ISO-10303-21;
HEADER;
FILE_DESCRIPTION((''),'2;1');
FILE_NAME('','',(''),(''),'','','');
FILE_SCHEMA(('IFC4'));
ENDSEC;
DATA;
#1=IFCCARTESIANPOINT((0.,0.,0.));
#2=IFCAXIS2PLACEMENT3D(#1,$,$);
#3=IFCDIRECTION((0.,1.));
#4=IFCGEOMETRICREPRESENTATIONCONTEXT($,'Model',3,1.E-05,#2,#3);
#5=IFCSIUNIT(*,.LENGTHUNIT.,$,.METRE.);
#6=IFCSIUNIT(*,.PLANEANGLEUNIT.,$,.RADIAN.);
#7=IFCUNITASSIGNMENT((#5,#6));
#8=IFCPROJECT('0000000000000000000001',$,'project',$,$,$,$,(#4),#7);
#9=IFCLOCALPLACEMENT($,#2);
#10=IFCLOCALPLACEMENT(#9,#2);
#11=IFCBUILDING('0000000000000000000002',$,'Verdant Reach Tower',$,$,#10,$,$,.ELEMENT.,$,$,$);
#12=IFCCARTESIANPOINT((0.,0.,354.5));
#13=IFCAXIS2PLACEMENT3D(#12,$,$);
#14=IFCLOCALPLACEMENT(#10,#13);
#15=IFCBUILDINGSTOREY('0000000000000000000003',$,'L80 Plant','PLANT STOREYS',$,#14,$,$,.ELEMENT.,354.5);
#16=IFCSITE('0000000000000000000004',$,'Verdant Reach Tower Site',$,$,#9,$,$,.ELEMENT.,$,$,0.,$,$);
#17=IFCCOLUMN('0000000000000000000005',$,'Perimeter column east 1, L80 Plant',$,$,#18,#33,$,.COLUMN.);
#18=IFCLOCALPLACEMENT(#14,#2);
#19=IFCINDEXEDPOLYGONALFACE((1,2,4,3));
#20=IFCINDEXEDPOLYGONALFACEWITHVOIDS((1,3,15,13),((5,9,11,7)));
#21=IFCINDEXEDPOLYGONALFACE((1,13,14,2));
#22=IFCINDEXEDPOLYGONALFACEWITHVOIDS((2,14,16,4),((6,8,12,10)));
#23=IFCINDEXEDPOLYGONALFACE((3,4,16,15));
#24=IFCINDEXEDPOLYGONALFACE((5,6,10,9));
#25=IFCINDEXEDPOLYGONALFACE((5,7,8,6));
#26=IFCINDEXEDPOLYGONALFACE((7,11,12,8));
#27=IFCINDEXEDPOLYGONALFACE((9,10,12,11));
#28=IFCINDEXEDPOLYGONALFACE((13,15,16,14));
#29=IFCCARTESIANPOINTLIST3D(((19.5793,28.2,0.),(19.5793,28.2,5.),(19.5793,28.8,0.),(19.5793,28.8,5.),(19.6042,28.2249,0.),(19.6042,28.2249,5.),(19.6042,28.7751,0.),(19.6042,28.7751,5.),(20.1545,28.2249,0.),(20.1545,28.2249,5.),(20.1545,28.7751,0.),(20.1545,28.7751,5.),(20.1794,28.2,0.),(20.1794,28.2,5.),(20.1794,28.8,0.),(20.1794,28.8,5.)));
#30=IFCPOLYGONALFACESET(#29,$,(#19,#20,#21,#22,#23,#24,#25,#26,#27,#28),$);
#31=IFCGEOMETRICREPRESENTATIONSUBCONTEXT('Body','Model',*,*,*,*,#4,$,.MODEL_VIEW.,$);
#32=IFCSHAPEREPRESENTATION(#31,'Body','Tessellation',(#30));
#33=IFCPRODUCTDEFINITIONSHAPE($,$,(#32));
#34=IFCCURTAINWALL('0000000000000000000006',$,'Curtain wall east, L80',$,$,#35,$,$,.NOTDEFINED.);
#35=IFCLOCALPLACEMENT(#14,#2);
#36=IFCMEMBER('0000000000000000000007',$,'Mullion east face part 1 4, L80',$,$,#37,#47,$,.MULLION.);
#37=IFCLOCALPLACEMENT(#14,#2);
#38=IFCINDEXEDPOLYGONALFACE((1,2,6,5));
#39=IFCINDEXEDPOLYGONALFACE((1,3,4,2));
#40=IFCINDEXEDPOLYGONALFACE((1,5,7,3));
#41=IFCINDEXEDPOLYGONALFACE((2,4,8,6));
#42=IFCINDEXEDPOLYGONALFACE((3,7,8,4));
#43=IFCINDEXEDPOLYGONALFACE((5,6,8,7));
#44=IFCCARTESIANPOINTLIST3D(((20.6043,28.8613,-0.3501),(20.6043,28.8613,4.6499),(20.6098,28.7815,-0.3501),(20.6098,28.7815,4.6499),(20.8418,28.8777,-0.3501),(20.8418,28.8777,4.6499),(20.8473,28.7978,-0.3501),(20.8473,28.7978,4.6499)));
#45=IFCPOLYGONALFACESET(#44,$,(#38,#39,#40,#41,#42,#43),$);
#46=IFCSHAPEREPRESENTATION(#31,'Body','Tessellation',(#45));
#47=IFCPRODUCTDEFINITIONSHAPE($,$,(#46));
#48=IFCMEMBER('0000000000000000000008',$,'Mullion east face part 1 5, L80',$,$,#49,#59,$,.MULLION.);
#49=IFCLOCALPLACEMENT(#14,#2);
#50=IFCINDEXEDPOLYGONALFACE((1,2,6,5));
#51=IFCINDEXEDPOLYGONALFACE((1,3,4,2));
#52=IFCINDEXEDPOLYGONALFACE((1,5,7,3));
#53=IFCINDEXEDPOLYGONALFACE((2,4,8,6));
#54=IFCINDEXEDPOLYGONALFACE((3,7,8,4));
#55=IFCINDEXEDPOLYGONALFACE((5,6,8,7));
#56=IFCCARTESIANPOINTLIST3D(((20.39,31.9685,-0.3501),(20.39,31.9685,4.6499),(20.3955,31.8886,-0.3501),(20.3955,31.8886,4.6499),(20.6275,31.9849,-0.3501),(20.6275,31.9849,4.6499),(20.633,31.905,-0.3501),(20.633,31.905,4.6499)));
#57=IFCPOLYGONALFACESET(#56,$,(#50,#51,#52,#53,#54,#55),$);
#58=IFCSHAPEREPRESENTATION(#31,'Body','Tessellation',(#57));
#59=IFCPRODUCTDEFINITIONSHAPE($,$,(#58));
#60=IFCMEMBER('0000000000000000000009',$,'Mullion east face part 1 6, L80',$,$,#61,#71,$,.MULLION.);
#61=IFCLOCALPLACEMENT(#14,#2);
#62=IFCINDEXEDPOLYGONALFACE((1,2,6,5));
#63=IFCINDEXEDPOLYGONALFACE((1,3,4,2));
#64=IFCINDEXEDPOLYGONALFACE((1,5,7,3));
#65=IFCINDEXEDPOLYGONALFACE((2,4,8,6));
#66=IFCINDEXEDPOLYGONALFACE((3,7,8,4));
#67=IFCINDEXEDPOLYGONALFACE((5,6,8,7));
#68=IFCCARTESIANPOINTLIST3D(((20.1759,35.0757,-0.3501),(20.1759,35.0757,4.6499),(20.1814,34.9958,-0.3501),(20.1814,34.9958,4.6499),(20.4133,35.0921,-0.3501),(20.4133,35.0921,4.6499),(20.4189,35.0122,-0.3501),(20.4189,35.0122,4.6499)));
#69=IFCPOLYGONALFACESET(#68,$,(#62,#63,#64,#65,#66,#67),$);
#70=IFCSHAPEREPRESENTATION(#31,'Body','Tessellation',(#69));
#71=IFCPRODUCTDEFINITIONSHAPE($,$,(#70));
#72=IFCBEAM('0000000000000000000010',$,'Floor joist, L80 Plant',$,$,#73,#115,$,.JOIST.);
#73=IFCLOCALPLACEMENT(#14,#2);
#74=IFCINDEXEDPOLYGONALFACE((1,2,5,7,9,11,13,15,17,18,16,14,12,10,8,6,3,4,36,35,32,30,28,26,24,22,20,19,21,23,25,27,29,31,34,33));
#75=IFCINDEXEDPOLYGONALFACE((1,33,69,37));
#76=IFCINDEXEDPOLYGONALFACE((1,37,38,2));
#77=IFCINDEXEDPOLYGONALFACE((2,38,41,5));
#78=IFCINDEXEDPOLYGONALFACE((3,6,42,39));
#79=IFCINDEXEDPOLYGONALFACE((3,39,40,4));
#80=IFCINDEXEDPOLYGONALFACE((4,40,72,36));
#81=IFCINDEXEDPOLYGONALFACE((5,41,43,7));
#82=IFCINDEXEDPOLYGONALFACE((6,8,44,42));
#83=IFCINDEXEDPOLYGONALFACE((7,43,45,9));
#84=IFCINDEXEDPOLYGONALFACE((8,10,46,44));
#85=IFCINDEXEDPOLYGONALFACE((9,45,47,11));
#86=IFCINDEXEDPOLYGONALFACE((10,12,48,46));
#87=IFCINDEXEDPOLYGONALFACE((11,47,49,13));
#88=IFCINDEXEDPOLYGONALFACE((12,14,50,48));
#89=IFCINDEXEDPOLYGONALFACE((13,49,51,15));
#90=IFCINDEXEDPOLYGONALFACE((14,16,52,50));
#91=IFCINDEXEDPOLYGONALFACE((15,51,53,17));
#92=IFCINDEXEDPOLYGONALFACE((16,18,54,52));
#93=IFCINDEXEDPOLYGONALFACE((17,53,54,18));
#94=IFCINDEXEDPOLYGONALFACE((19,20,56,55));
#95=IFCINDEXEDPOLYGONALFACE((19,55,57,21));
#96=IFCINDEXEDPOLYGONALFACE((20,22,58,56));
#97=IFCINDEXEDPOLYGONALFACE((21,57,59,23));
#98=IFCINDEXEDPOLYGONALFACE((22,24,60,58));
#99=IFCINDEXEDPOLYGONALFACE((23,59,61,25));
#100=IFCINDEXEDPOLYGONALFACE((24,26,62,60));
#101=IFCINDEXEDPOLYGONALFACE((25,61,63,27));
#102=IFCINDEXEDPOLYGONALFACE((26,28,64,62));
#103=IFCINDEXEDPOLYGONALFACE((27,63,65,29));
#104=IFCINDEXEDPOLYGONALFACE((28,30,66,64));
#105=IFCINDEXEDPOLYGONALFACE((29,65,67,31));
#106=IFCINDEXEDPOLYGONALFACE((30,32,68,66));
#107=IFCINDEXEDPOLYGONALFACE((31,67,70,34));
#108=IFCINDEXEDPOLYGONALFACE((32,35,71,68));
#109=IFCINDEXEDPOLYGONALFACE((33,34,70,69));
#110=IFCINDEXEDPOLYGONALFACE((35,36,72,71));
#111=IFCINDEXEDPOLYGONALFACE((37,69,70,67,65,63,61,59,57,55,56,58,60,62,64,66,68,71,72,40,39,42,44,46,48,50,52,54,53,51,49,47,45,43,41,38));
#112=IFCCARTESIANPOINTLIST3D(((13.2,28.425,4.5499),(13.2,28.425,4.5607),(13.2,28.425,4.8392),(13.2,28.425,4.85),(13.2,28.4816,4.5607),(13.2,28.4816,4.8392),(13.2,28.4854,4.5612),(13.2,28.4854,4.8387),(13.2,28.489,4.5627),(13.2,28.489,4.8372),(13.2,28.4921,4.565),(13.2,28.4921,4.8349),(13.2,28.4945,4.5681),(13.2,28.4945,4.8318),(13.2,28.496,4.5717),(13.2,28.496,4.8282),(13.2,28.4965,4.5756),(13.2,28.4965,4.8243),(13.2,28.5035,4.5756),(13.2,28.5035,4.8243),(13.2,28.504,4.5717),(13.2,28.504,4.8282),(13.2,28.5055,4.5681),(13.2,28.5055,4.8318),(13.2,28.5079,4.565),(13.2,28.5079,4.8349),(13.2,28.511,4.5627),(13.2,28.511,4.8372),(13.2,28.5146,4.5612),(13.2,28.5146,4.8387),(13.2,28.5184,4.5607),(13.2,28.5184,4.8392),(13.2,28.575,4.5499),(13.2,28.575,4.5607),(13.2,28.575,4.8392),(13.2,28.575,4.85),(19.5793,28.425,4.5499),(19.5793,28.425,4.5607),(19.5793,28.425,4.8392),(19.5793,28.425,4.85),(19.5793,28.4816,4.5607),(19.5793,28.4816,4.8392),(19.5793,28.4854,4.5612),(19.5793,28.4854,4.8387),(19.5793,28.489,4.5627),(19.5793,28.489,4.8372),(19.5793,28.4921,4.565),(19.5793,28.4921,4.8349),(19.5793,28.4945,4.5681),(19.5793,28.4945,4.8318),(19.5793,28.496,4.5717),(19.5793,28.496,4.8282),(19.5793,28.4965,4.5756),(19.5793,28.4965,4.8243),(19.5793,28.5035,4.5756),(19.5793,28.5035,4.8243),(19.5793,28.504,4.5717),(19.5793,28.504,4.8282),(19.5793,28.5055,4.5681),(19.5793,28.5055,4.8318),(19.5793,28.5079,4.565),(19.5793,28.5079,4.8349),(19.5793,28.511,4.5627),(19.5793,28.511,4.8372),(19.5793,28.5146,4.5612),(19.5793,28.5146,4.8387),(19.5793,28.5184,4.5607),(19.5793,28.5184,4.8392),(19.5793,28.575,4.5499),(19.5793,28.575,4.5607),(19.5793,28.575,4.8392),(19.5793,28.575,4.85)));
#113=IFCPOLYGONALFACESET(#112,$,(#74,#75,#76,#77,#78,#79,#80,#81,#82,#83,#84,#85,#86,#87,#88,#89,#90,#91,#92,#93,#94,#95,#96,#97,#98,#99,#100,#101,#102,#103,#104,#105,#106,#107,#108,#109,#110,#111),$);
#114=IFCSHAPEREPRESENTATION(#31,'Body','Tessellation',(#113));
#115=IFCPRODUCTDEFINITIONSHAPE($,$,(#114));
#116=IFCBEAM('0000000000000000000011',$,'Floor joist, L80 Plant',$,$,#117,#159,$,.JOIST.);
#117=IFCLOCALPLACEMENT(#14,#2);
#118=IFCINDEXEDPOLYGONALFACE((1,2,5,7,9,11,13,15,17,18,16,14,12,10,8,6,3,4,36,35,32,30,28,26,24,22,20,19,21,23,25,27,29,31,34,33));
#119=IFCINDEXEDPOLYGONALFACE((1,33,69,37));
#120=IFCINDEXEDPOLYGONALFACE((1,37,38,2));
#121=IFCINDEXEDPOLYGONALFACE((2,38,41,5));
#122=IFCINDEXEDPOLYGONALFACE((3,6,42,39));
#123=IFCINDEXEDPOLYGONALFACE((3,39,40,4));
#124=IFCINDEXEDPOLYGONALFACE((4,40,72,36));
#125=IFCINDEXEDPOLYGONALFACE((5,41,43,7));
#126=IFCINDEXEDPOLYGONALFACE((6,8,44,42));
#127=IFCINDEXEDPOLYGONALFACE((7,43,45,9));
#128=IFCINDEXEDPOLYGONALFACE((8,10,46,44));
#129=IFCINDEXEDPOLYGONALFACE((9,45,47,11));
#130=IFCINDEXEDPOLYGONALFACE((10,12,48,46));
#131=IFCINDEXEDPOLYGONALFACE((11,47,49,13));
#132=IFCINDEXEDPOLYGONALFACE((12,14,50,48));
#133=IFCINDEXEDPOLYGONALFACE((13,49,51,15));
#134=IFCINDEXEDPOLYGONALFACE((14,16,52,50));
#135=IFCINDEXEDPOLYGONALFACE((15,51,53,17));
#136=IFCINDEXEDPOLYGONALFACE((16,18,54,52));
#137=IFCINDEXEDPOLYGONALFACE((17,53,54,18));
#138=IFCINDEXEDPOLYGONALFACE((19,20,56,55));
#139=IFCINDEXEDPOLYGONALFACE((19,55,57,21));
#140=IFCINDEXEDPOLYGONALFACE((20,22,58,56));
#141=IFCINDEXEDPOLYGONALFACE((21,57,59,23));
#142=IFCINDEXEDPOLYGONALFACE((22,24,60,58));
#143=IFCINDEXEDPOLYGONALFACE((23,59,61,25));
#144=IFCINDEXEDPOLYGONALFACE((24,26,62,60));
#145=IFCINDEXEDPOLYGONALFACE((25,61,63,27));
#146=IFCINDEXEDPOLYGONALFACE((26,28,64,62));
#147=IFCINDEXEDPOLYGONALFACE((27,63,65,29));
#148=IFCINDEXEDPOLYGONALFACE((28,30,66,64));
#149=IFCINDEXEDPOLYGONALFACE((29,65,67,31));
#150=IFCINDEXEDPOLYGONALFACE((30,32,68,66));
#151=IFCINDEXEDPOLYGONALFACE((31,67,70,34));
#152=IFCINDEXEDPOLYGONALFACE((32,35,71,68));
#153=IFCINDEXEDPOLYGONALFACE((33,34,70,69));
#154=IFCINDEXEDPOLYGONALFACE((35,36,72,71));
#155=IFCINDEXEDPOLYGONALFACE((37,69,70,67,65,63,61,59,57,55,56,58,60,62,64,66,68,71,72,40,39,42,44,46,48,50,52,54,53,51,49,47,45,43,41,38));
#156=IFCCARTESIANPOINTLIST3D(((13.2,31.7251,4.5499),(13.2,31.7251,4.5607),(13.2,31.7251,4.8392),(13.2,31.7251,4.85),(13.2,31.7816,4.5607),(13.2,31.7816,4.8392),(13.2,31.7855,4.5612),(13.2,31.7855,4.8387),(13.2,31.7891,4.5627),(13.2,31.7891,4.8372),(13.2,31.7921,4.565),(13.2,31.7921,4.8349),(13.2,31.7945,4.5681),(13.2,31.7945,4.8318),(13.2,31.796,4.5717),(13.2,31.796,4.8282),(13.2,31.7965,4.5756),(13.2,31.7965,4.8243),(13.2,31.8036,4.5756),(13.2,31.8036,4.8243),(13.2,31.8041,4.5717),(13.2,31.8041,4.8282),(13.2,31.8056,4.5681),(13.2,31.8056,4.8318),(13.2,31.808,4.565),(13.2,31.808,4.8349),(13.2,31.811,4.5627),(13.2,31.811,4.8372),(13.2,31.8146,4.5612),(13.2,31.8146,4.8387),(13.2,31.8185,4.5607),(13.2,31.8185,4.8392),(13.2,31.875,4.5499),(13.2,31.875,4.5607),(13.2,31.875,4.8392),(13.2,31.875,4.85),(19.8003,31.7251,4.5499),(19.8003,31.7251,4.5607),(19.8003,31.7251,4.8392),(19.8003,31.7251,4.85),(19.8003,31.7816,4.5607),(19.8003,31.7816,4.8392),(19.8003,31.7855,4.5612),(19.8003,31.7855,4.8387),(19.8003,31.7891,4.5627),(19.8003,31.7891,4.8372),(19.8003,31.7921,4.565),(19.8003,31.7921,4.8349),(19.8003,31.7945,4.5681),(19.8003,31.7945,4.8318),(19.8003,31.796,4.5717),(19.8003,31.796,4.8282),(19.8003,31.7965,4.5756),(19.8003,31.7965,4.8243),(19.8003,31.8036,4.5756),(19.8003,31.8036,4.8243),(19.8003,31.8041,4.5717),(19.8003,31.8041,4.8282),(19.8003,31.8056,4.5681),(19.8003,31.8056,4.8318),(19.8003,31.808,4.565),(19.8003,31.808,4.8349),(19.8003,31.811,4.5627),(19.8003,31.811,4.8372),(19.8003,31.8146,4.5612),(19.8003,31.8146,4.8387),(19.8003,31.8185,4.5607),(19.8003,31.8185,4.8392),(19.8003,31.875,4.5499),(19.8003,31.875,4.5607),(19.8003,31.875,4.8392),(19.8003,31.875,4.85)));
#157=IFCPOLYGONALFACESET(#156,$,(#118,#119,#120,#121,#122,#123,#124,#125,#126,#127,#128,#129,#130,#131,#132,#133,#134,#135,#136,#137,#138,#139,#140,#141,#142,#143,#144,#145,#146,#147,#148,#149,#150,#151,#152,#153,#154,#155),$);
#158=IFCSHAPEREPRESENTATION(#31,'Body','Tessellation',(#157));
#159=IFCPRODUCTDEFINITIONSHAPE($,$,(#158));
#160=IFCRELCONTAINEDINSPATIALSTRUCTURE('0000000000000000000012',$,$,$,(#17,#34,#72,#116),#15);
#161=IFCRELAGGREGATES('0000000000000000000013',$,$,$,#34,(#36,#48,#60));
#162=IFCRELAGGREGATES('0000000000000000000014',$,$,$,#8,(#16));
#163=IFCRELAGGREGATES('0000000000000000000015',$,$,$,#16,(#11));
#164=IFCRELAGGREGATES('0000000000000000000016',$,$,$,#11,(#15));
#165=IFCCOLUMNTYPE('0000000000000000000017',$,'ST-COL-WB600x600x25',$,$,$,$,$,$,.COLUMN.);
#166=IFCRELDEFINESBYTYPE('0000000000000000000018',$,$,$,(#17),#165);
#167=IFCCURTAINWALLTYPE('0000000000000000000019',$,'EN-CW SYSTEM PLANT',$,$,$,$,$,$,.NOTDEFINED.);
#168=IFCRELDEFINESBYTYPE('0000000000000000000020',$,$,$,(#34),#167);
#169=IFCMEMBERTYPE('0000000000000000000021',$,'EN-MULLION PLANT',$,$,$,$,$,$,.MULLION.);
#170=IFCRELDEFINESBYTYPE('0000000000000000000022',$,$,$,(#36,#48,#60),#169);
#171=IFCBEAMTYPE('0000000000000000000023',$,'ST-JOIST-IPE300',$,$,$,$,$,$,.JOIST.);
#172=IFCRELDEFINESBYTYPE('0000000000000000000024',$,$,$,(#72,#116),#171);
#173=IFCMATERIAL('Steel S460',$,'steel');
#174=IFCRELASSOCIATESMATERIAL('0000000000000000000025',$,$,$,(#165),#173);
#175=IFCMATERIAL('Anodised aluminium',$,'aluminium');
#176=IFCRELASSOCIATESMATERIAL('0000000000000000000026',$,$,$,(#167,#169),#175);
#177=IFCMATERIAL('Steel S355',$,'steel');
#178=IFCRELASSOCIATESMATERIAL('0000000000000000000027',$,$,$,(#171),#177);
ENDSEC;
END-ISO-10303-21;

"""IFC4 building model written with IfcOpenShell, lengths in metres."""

from ifc_helpers import new_model, si_unit, direction, frame, origin, origin_2d, place, context, subcontext, project, spatial, rectangle, hollow_rectangle, i_section, extrude, material, material_profile, profile_set, type_object, element, aggregate, save


model = new_model("IFC4")

# Units and contexts
model_context = context("Model", 3, precision=1e-05, world=origin(), true_north=direction((0.0, 1.0)))
body_context = subcontext(model_context, "Body", "Model", "MODEL_VIEW")
ifc_project = project(units=[si_unit("LENGTHUNIT", "METRE"), si_unit("PLANEANGLEUNIT", "RADIAN")], contexts=[model_context])

# Site, building, storey
site_placement = place(None, origin())
site = spatial("IfcSite", under=ifc_project, at=site_placement, Name="Verdant Reach Tower Site", CompositionType="ELEMENT", RefElevation=0.0)
building_placement = place(site_placement, origin())
building = spatial("IfcBuilding", under=site, at=building_placement, Name="Verdant Reach Tower", CompositionType="ELEMENT")
storey_placement = place(building_placement, frame((0.0, 0.0, 354.5)))
storey = spatial("IfcBuildingStorey", under=building, at=storey_placement, Name="L80 Plant", Description="PLANT STOREYS", CompositionType="ELEMENT", Elevation=354.5)

# Column
ifc_material_1 = material(Name="Steel S460", Category="steel")
ifc_material_profile_1 = material_profile(ifc_material_1, hollow_rectangle(XDim=0.6001, YDim=0.6001, WallThickness=0.0249, at=origin_2d()), Name="WB 600x600x25")
ifc_profile_set_1 = profile_set([ifc_material_profile_1], Name="Steel S460")
column_type = type_object("IfcColumnType", Name="ST-COL-WB600x600x25", PredefinedType="COLUMN", material=ifc_profile_set_1)
column_placement = place(storey_placement, frame((19.8794, 28.5, 0.0), z_axis=(0.0, 0.0, 1.0), x_axis=(1.0, 0.0, 0.0)))
element("IfcColumn", 1, at=column_placement, inside=storey, type_object=column_type, Name="Perimeter column east 1, L80 Plant", PredefinedType="COLUMN", context=body_context, shape_type="SweptSolid", body=[
    extrude(hollow_rectangle(XDim=0.6001, YDim=0.6001, WallThickness=0.0249, at=origin_2d()), origin(), (0.0, 0.0, 1.0), 5.0),
])

# Curtain wall, members
ifc_material_2 = material(Name="Anodised aluminium", Category="aluminium")
curtain_wall_type = type_object("IfcCurtainWallType", Name="EN-CW SYSTEM PLANT", PredefinedType="NOTDEFINED", material=ifc_material_2)
curtain_wall_placement = place(storey_placement, origin())
curtain_wall = element("IfcCurtainWall", 2, at=curtain_wall_placement, inside=storey, type_object=curtain_wall_type, Name="Curtain wall east, L80", PredefinedType="NOTDEFINED")
ifc_material_profile_2 = material_profile(ifc_material_2, rectangle(XDim=0.238, YDim=0.0801, at=origin_2d()), Name="Mullion 80x240")
ifc_profile_set_2 = profile_set([ifc_material_profile_2], Name="Anodised aluminium")
member_type = type_object("IfcMemberType", Name="EN-MULLION PLANT", PredefinedType="MULLION", material=ifc_profile_set_2)
member_1_placement = place(storey_placement, frame((20.7258, 28.8296, -0.3501), z_axis=(0.0, 0.0, 1.0), x_axis=(0.99763, 0.068802, 0.0)))
member_1 = element("IfcMember", 3, at=member_1_placement, type_object=member_type, Name="Mullion east face part 1 4, L80", PredefinedType="MULLION", context=body_context, shape_type="SweptSolid", body=[
    extrude(rectangle(XDim=0.238, YDim=0.0801, at=origin_2d()), origin(), (0.0, 0.0, 1.0), 5.0),
])
member_2_placement = place(storey_placement, frame((20.5115, 31.9368, -0.3501), z_axis=(0.0, 0.0, 1.0), x_axis=(0.99763, 0.068802, 0.0)))
member_2 = element("IfcMember", 4, at=member_2_placement, type_object=member_type, Name="Mullion east face part 1 5, L80", PredefinedType="MULLION", context=body_context, shape_type="SweptSolid", body=[
    extrude(rectangle(XDim=0.238, YDim=0.0801, at=origin_2d()), origin(), (0.0, 0.0, 1.0), 5.0),
])
member_3_placement = place(storey_placement, frame((20.2974, 35.0439, -0.3501), z_axis=(0.0, 0.0, 1.0), x_axis=(0.99763, 0.068802, 0.0)))
member_3 = element("IfcMember", 5, at=member_3_placement, type_object=member_type, Name="Mullion east face part 1 6, L80", PredefinedType="MULLION", context=body_context, shape_type="SweptSolid", body=[
    extrude(rectangle(XDim=0.238, YDim=0.0801, at=origin_2d()), origin(), (0.0, 0.0, 1.0), 5.0),
])

# Beams
ifc_material_3 = material(Name="Steel S355", Category="steel")
ifc_material_profile_3 = material_profile(ifc_material_3, i_section(OverallWidth=0.1499, OverallDepth=0.3, WebThickness=0.0071, FlangeThickness=0.0107, FilletRadius=0.0149, at=origin_2d()), Name="IPE 300")
ifc_profile_set_3 = profile_set([ifc_material_profile_3], Name="Steel S355")
beam_type = type_object("IfcBeamType", Name="ST-JOIST-IPE300", PredefinedType="JOIST", material=ifc_profile_set_3)
beam_1_placement = place(storey_placement, frame((13.2, 28.5, 4.7), z_axis=(1.0, 0.0, 0.0), x_axis=(0.0, 1.0, 0.0)))
element("IfcBeam", 6, at=beam_1_placement, inside=storey, type_object=beam_type, Name="Floor joist, L80 Plant", PredefinedType="JOIST", context=body_context, shape_type="SweptSolid", body=[
    extrude(i_section(OverallWidth=0.1499, OverallDepth=0.3, WebThickness=0.0071, FlangeThickness=0.0107, FilletRadius=0.0149, at=origin_2d()), origin(), (0.0, 0.0, 1.0), 6.3794),
])
beam_2_placement = place(storey_placement, frame((13.2, 31.8, 4.7), z_axis=(1.0, 0.0, 0.0), x_axis=(0.0, 1.0, 0.0)))
element("IfcBeam", 7, at=beam_2_placement, inside=storey, type_object=beam_type, Name="Floor joist, L80 Plant", PredefinedType="JOIST", context=body_context, shape_type="SweptSolid", body=[
    extrude(i_section(OverallWidth=0.1499, OverallDepth=0.3, WebThickness=0.0071, FlangeThickness=0.0107, FilletRadius=0.0149, at=origin_2d()), origin(), (0.0, 0.0, 1.0), 6.6003),
])

aggregate(curtain_wall, [member_1, member_2, member_3])

save(model, "model.ifc")
